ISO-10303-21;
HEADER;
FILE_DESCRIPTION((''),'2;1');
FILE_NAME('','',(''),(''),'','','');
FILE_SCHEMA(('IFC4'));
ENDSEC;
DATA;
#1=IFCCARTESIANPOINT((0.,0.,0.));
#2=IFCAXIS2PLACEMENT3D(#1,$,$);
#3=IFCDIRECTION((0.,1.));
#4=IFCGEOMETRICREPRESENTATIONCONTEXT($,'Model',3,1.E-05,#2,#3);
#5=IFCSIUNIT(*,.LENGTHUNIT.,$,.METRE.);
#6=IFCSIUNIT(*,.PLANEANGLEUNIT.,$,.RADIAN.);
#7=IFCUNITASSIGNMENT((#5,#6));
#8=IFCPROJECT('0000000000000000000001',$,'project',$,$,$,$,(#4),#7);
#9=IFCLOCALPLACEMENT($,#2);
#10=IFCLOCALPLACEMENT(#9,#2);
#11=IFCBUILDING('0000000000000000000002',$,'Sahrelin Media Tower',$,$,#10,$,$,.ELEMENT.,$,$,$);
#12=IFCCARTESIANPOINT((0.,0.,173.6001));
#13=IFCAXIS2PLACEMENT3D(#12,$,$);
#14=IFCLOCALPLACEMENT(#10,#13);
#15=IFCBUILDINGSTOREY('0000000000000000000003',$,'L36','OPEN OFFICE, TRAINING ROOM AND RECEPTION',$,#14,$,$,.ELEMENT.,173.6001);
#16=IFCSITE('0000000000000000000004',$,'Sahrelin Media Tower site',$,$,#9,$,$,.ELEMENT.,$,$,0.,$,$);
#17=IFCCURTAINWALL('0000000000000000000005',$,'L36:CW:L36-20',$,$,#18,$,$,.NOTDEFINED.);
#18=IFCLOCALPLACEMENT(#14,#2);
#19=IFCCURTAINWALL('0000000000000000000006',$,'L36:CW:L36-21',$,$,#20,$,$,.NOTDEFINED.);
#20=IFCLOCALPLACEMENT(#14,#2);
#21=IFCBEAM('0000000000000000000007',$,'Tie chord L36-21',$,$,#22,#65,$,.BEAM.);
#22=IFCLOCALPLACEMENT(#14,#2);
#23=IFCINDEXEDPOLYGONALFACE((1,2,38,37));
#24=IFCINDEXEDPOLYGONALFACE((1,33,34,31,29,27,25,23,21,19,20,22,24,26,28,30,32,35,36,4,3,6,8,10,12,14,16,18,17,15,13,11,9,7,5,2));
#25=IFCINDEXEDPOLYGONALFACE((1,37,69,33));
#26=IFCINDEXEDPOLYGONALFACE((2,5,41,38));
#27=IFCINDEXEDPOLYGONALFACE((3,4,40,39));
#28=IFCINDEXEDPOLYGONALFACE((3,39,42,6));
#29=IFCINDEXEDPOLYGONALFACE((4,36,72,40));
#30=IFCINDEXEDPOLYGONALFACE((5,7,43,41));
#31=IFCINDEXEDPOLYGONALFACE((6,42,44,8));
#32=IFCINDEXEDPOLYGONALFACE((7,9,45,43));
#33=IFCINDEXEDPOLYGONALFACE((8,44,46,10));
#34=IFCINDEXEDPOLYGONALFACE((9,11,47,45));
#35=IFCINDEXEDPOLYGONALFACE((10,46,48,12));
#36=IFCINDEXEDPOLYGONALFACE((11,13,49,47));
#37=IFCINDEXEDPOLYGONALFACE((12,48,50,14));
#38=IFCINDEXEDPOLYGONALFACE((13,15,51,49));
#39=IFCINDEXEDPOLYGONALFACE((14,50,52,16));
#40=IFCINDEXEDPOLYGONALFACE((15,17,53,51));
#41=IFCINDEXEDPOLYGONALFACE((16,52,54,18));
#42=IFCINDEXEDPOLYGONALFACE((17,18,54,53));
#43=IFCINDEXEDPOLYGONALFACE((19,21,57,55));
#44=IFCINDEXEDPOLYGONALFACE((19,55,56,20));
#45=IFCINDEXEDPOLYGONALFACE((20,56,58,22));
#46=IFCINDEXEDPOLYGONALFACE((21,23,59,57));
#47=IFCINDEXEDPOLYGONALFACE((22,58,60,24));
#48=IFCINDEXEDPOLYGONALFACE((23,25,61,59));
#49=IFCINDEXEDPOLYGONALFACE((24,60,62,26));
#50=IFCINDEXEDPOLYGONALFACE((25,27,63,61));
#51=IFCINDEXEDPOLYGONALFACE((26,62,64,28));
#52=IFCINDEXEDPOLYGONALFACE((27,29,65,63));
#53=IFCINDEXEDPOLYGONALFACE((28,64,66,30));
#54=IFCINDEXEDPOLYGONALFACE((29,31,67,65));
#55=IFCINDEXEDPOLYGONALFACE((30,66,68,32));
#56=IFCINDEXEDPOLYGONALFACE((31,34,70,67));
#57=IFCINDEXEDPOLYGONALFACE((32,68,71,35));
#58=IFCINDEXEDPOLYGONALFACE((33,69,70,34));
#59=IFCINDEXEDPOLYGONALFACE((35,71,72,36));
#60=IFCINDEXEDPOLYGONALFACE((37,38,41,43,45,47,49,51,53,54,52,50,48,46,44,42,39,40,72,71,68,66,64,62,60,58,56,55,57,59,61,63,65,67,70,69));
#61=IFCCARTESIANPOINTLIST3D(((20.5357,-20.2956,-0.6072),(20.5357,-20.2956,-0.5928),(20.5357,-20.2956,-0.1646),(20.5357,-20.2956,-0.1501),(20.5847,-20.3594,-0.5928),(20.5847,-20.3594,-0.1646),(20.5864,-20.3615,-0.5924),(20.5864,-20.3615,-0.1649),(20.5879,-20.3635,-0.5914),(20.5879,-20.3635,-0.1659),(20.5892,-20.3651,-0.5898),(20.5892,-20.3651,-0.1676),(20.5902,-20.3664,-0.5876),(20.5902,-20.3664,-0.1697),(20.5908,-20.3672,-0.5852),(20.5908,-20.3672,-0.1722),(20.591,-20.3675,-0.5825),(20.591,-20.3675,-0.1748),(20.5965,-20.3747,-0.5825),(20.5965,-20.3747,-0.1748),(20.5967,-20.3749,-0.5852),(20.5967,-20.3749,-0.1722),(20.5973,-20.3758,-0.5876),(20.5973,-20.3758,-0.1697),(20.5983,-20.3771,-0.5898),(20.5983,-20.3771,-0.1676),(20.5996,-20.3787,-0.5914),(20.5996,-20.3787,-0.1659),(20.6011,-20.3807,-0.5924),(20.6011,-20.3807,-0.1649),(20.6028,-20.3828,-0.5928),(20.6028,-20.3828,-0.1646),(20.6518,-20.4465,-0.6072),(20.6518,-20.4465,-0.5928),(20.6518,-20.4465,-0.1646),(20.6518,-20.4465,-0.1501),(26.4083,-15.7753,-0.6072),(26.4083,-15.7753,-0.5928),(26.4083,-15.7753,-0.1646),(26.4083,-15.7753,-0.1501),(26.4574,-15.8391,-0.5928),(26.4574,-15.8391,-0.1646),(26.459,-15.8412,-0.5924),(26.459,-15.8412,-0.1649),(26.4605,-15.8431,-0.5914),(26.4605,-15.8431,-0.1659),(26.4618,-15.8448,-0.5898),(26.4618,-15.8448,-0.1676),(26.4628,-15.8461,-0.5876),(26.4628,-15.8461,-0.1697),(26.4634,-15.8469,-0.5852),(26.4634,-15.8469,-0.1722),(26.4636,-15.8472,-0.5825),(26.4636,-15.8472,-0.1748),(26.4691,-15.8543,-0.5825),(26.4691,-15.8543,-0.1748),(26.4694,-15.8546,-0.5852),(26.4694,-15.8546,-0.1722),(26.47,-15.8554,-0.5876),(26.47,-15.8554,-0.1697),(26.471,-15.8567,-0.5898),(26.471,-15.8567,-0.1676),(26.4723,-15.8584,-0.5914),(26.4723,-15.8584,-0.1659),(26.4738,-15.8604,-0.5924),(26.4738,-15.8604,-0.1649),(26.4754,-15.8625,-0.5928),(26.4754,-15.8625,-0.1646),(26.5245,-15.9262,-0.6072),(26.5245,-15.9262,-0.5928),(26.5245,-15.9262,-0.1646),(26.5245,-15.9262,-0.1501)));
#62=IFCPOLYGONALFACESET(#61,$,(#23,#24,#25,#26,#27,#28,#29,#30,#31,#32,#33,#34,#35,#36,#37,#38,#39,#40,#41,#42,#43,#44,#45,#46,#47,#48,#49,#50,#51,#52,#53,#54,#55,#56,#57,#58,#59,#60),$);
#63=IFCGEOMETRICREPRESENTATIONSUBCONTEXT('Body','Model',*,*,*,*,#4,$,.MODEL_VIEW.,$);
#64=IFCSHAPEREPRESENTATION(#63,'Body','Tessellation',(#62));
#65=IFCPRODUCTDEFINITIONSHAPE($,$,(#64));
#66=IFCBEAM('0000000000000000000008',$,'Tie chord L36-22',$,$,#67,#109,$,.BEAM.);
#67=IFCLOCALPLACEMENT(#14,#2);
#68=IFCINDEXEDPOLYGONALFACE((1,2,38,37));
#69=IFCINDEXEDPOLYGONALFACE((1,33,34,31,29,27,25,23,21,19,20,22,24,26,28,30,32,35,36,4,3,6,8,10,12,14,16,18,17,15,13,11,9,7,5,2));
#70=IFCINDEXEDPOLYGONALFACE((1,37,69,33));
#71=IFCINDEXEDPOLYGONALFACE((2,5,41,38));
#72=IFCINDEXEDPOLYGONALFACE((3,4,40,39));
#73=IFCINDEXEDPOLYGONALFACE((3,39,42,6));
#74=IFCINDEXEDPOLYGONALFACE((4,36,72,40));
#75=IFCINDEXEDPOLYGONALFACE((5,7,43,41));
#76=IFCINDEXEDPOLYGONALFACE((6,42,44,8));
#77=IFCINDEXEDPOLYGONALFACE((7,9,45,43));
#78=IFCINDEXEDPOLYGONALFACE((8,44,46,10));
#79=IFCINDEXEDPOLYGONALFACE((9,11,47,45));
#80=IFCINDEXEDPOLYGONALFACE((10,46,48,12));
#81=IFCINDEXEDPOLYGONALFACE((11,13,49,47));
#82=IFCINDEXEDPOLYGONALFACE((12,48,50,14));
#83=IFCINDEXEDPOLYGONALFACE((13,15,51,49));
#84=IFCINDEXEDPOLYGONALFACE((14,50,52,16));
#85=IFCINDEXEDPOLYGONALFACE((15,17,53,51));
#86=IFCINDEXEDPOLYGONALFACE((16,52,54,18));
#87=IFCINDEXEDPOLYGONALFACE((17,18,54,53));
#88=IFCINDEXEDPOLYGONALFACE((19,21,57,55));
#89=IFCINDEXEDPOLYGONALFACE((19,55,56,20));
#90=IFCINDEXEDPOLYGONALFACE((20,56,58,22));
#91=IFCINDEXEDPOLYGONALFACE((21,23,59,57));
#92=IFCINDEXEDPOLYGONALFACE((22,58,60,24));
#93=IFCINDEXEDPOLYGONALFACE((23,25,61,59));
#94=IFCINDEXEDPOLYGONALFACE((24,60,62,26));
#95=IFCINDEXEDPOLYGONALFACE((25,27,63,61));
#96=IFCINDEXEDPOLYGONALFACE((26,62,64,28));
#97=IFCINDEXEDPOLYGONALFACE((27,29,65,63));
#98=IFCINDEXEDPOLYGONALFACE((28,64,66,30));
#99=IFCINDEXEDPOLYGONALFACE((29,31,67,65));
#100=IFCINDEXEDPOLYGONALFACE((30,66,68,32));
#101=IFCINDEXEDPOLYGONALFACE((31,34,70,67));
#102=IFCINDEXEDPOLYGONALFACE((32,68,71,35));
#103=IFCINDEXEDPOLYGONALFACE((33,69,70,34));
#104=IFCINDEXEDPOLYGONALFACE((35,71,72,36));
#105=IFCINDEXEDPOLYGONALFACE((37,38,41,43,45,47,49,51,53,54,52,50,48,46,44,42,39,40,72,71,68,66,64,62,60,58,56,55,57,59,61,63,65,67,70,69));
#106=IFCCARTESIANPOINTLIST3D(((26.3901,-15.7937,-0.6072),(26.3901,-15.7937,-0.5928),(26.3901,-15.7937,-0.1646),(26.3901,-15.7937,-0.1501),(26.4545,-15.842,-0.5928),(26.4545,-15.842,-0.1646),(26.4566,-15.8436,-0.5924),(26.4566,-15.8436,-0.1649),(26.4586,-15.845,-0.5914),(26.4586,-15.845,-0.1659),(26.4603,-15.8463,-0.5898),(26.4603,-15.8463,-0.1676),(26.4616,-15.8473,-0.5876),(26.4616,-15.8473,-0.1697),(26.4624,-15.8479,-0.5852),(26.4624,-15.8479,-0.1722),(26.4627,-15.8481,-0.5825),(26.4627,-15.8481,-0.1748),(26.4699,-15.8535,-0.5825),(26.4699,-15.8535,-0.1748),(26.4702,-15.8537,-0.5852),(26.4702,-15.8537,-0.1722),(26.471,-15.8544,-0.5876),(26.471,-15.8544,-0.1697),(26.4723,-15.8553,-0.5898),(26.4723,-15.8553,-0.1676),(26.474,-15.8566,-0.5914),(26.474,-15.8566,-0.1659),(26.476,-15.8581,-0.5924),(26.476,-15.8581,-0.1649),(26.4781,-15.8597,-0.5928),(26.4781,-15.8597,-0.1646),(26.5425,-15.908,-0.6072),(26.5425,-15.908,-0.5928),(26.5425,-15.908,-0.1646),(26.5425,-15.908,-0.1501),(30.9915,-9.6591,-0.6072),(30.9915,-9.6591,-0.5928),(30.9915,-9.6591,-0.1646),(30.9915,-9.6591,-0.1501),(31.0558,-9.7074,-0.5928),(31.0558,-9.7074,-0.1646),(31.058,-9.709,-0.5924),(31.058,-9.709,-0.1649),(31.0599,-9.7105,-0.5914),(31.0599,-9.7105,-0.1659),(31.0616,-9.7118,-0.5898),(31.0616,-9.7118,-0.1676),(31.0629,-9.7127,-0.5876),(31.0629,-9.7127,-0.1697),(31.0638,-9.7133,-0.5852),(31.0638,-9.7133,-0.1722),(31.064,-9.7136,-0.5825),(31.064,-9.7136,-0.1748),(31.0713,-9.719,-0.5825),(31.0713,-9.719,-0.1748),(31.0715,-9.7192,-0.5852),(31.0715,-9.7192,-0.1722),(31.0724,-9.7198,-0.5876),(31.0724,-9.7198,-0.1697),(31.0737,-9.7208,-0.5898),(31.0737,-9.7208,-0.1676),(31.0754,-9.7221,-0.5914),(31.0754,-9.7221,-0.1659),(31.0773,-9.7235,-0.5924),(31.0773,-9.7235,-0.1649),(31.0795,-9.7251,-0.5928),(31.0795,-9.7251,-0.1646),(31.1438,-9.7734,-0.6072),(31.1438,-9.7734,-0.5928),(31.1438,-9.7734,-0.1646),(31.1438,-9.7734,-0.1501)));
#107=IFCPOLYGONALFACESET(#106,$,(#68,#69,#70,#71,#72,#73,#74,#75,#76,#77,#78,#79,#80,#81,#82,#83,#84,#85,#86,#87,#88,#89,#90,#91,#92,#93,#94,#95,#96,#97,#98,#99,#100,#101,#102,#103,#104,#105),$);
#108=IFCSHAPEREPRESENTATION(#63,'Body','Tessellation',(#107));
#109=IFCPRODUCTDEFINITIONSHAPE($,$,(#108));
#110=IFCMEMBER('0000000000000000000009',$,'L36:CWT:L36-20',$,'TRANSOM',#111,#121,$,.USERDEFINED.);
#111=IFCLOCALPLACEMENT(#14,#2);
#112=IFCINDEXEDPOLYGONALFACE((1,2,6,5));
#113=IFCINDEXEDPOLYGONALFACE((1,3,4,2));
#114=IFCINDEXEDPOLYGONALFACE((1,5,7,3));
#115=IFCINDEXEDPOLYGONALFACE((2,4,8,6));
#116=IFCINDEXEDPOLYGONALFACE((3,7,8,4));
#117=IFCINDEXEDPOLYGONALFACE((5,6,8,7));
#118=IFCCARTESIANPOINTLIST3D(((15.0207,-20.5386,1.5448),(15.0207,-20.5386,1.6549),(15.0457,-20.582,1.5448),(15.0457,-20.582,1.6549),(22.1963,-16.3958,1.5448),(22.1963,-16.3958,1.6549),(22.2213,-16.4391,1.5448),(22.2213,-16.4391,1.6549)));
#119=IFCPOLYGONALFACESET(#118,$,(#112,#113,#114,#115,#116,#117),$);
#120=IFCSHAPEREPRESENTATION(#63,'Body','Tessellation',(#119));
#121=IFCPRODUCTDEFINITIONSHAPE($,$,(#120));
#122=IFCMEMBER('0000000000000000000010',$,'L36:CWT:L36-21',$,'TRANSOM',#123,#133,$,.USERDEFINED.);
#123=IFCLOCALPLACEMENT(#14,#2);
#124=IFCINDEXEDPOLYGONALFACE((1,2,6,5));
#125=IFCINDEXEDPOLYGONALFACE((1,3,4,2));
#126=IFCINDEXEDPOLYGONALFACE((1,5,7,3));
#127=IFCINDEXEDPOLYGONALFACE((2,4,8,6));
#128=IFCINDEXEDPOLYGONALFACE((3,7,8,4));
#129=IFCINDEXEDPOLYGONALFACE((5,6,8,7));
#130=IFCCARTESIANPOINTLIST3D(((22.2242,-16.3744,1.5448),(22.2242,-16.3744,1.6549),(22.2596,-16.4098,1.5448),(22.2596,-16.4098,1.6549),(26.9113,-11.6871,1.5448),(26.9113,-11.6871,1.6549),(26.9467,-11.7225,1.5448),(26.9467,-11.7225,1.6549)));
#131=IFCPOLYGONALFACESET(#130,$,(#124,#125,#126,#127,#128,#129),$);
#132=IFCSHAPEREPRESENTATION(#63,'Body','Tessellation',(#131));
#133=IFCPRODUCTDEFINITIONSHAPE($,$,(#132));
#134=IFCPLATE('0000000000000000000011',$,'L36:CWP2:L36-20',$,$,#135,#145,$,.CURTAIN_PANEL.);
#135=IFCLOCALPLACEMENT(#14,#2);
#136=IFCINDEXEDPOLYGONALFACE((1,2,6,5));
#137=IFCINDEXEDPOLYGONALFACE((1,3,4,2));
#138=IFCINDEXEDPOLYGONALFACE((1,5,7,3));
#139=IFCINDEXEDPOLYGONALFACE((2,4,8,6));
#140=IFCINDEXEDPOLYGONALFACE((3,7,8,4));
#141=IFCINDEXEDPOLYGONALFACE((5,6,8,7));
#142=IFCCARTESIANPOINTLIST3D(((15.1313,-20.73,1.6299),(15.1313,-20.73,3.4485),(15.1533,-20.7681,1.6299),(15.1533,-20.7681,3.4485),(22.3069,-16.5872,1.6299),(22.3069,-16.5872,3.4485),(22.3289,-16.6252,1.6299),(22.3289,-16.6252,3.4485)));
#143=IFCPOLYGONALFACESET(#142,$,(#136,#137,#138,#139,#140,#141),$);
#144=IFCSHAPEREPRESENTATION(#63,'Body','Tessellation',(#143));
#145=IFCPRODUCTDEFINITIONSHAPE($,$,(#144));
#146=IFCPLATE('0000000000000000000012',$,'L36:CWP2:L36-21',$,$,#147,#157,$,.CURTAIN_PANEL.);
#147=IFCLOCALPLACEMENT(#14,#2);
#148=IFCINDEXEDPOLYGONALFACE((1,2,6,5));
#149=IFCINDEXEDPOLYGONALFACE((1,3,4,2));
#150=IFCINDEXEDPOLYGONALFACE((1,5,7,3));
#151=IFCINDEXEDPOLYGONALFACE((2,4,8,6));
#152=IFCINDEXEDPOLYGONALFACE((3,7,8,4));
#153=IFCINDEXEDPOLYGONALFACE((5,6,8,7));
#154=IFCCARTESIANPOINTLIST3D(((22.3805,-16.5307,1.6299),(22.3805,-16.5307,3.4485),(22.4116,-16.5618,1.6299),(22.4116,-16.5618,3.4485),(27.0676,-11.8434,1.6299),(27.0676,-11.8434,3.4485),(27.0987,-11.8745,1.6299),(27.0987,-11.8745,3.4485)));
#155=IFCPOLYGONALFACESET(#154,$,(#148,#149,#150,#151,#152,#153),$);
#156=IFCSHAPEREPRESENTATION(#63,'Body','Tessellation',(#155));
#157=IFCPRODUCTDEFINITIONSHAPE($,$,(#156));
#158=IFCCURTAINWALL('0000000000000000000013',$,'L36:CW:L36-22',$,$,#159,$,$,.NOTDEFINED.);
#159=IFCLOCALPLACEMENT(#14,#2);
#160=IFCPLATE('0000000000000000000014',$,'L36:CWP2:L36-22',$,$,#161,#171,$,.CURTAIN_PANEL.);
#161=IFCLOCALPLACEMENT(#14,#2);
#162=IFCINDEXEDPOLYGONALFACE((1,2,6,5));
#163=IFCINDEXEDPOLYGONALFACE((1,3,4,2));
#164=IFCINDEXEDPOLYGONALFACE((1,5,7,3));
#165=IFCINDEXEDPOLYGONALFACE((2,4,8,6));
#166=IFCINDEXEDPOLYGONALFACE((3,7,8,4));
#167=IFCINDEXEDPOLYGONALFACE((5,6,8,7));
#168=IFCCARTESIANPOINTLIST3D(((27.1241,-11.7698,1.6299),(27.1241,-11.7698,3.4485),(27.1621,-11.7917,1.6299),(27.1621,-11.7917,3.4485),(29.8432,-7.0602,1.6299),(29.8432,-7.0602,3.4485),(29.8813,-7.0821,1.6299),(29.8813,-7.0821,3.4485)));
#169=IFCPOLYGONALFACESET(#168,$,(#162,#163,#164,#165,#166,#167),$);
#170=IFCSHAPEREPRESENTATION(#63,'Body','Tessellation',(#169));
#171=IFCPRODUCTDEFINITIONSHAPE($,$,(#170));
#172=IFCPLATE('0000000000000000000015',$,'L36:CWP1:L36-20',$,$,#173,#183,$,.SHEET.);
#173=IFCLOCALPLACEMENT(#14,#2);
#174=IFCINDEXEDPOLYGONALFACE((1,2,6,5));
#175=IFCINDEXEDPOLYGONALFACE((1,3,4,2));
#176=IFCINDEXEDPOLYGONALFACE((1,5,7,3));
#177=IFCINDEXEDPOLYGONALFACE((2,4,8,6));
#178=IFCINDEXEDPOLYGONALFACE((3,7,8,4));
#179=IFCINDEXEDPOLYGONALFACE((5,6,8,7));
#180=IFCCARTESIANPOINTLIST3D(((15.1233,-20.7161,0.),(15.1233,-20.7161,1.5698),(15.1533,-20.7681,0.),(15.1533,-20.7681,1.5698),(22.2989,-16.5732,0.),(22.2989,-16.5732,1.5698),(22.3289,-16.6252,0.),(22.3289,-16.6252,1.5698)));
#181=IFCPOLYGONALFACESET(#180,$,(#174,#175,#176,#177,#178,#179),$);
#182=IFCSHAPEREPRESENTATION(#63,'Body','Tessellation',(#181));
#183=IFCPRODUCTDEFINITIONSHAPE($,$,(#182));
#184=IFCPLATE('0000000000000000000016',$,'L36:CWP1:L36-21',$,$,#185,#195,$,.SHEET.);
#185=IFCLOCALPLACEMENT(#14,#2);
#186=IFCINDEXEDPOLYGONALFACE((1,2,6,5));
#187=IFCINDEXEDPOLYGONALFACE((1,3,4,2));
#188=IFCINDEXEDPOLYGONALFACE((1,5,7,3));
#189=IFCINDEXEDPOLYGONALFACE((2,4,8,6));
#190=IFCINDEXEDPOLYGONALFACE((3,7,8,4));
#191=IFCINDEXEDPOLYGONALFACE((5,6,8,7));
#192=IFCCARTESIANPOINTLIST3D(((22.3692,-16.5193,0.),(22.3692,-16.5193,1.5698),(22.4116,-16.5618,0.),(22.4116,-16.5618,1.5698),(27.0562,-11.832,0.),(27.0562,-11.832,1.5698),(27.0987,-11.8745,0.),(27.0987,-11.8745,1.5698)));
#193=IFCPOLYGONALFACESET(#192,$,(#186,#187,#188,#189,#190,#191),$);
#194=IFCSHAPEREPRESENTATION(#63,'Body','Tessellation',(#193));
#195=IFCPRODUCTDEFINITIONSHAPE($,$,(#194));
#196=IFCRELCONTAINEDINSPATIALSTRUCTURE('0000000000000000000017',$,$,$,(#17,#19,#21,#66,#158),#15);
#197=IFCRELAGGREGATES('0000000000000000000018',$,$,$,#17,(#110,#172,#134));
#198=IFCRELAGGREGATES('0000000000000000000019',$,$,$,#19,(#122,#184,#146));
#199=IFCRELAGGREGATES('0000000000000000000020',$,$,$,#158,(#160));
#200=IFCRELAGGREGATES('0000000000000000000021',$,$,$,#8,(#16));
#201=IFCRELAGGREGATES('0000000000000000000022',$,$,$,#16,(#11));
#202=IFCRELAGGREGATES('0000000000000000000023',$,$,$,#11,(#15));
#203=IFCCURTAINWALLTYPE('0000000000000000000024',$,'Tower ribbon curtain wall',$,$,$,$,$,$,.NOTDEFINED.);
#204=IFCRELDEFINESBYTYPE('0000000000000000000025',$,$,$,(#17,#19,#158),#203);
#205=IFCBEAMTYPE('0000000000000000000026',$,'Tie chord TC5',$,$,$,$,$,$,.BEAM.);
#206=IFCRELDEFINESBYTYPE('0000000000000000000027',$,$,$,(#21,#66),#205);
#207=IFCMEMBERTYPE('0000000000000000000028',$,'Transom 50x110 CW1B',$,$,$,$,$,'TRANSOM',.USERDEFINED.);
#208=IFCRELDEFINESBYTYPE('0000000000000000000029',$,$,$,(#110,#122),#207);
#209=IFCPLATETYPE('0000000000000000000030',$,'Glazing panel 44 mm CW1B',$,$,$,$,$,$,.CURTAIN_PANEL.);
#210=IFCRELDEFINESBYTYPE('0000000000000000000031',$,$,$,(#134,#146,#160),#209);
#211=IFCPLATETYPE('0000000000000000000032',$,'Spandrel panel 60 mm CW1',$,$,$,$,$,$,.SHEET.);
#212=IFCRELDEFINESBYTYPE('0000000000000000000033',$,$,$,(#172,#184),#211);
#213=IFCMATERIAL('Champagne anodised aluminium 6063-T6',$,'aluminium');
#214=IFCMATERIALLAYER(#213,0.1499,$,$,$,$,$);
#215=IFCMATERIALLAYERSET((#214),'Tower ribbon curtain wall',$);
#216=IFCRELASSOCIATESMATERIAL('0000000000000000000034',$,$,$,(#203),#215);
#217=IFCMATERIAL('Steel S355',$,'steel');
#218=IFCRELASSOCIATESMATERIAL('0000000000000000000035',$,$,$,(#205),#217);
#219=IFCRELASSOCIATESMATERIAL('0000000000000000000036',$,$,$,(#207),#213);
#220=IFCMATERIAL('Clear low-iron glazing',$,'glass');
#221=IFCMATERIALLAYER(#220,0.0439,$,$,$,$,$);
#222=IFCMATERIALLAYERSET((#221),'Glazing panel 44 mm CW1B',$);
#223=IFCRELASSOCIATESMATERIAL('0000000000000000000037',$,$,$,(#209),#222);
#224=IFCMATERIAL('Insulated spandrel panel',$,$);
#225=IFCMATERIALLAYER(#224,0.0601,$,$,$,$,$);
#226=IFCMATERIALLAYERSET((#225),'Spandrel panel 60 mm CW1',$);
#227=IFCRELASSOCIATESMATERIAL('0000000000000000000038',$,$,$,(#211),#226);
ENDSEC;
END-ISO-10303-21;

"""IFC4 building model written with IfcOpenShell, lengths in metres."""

from ifc_helpers import new_model, si_unit, direction, frame, origin, origin_2d, place, context, subcontext, project, spatial, polyline, rectangle, i_section, outline, extrude, material, layer, layer_set, material_profile, profile_set, type_object, element, aggregate, save


model = new_model("IFC4")

# Units and contexts
model_context = context("Model", 3, precision=1e-05, world=origin(), true_north=direction((0.0, 1.0)))
body_context = subcontext(model_context, "Body", "Model", "MODEL_VIEW")
ifc_project = project(units=[si_unit("LENGTHUNIT", "METRE"), si_unit("PLANEANGLEUNIT", "RADIAN")], contexts=[model_context])

# Site, building, storey
site_placement = place(None, origin())
site = spatial("IfcSite", under=ifc_project, at=site_placement, Name="Sahrelin Media Tower site", CompositionType="ELEMENT", RefElevation=0.0)
building_placement = place(site_placement, origin())
building = spatial("IfcBuilding", under=site, at=building_placement, Name="Sahrelin Media Tower", CompositionType="ELEMENT")
storey_placement = place(building_placement, frame((0.0, 0.0, 173.6001)))
storey = spatial("IfcBuildingStorey", under=building, at=storey_placement, Name="L36", Description="OPEN OFFICE, TRAINING ROOM AND RECEPTION", CompositionType="ELEMENT", Elevation=173.6001)

# Shared definitions
ifc_material_1 = material(Name="Steel S355", Category="steel")

# Curtain walls
ifc_material_2 = material(Name="Champagne anodised aluminium 6063-T6", Category="aluminium")
ifc_layer_1 = layer(ifc_material_2, 0.1499)
ifc_layer_set_1 = layer_set([ifc_layer_1], Name="Tower ribbon curtain wall")
curtain_wall_type = type_object("IfcCurtainWallType", Name="Tower ribbon curtain wall", PredefinedType="NOTDEFINED", material=ifc_layer_set_1)
curtain_wall_1_placement = place(storey_placement, frame((18.731, -18.6792, 0.0), z_axis=(0.0, 0.0, 1.0), x_axis=(1.0, 0.0, 0.0)))
curtain_wall_1 = element("IfcCurtainWall", 1, at=curtain_wall_1_placement, inside=storey, type_object=curtain_wall_type, Name="L36:CW:L36-20", PredefinedType="NOTDEFINED")
curtain_wall_2_placement = place(storey_placement, frame((24.741, -14.2041, 0.0), z_axis=(0.0, 0.0, 1.0), x_axis=(1.0, 0.0, 0.0)))
curtain_wall_2 = element("IfcCurtainWall", 2, at=curtain_wall_2_placement, inside=storey, type_object=curtain_wall_type, Name="L36:CW:L36-21", PredefinedType="NOTDEFINED")

# Beams
ifc_material_profile_1 = material_profile(ifc_material_1, i_section(OverallWidth=0.1904, OverallDepth=0.457, WebThickness=0.009, FlangeThickness=0.0144, FilletRadius=0.0103, at=origin_2d()), Name="UB 457x191x74")
ifc_profile_set_1 = profile_set([ifc_material_profile_1], Name="Steel S355")
beam_type_1 = type_object("IfcBeamType", Name="Tie chord TC5", PredefinedType="BEAM", material=ifc_profile_set_1)
beam_1_placement = place(storey_placement, frame((20.5938, -20.3711, -0.3787), z_axis=(0.792434, 0.609958, 0.0), x_axis=(-0.609958, 0.792434, 0.0)))
element("IfcBeam", 3, at=beam_1_placement, inside=storey, type_object=beam_type_1, Name="Tie chord L36-21", PredefinedType="BEAM", context=body_context, shape_type="SweptSolid", body=[
    extrude(i_section(OverallWidth=0.1904, OverallDepth=0.457, WebThickness=0.009, FlangeThickness=0.0144, FilletRadius=0.0103, at=origin_2d()), origin(), (0.0, 0.0, 1.0), 7.4109),
])
beam_2_placement = place(storey_placement, frame((26.4663, -15.8508, -0.3787), z_axis=(0.600036, 0.799973, 0.0), x_axis=(-0.799973, 0.600036, 0.0)))
element("IfcBeam", 4, at=beam_2_placement, inside=storey, type_object=beam_type_1, Name="Tie chord L36-22", PredefinedType="BEAM", context=body_context, shape_type="SweptSolid", body=[
    extrude(i_section(OverallWidth=0.1904, OverallDepth=0.457, WebThickness=0.009, FlangeThickness=0.0144, FilletRadius=0.0103, at=origin_2d()), origin(), (0.0, 0.0, 1.0), 7.6685),
])

# Members
ifc_material_profile_2 = material_profile(ifc_material_2, rectangle(XDim=0.05, YDim=0.1101, at=origin_2d()), Name="Transom 50x110")
ifc_profile_set_2 = profile_set([ifc_material_profile_2], Name="Champagne anodised aluminium 6063-T6")
member_type_1 = type_object("IfcMemberType", Name="Transom 50x110 CW1B", ElementType="TRANSOM", PredefinedType="USERDEFINED", material=ifc_profile_set_2)
member_1_placement = place(storey_placement, frame((15.0332, -20.5603, 1.5999), z_axis=(0.866024, 0.500002, 0.0), x_axis=(-0.500002, 0.866024, 0.0)))
member_1 = element("IfcMember", 5, at=member_1_placement, type_object=member_type_1, Name="L36:CWT:L36-20", ObjectType="TRANSOM", PredefinedType="USERDEFINED", context=body_context, shape_type="SweptSolid", body=[
    extrude(rectangle(XDim=0.05, YDim=0.1101, at=origin_2d()), origin(), (0.0, 0.0, 1.0), 8.2856),
])
member_2_placement = place(storey_placement, frame((22.2419, -16.3921, 1.5999), z_axis=(0.707088, 0.707125, 0.0), x_axis=(-0.707125, 0.707088, 0.0)))
member_2 = element("IfcMember", 6, at=member_2_placement, type_object=member_type_1, Name="L36:CWT:L36-21", ObjectType="TRANSOM", PredefinedType="USERDEFINED", context=body_context, shape_type="SweptSolid", body=[
    extrude(rectangle(XDim=0.05, YDim=0.1101, at=origin_2d()), origin(), (0.0, 0.0, 1.0), 6.6287),
])

# Plates
ifc_material_3 = material(Name="Clear low-iron glazing", Category="glass")
ifc_layer_2 = layer(ifc_material_3, 0.0439)
ifc_layer_set_2 = layer_set([ifc_layer_2], Name="Glazing panel 44 mm CW1B")
plate_type_1 = type_object("IfcPlateType", Name="Glazing panel 44 mm CW1B", PredefinedType="CURTAIN_PANEL", material=ifc_layer_set_2)
plate_1_placement = place(storey_placement, frame((15.1533, -20.7681, 1.6299), z_axis=(0.500002, -0.866024, 0.0), x_axis=(0.866024, 0.500002, 0.0)))
plate_1 = element("IfcPlate", 7, at=plate_1_placement, type_object=plate_type_1, Name="L36:CWP2:L36-20", PredefinedType="CURTAIN_PANEL", context=body_context, shape_type="SweptSolid", body=[
    extrude(outline(polyline([(0.0, 0.0), (8.2856, 0.0), (8.2856, 1.8186), (0.0, 1.8186), (0.0, 0.0)])), origin(), (0.0, 0.0, -1.0), 0.0439),
])
plate_2_placement = place(storey_placement, frame((22.4116, -16.5618, 1.6299), z_axis=(0.707125, -0.707088, 0.0), x_axis=(0.707088, 0.707125, 0.0)))
plate_2 = element("IfcPlate", 8, at=plate_2_placement, type_object=plate_type_1, Name="L36:CWP2:L36-21", PredefinedType="CURTAIN_PANEL", context=body_context, shape_type="SweptSolid", body=[
    extrude(outline(polyline([(0.0, 0.0), (6.6287, 0.0), (6.6287, 1.8186), (0.0, 1.8186), (0.0, 0.0)])), origin(), (0.0, 0.0, -1.0), 0.0439),
])

# Curtain wall, plate
curtain_wall_3_placement = place(storey_placement, frame((28.5044, -9.427, 0.0), z_axis=(0.0, 0.0, 1.0), x_axis=(1.0, 0.0, 0.0)))
curtain_wall_3 = element("IfcCurtainWall", 9, at=curtain_wall_3_placement, inside=storey, type_object=curtain_wall_type, Name="L36:CW:L36-22", PredefinedType="NOTDEFINED")
plate_3_placement = place(storey_placement, frame((27.1621, -11.7917, 1.6299), z_axis=(0.866019, -0.500011, 0.0), x_axis=(0.500011, 0.866019, 0.0)))
plate_3 = element("IfcPlate", 10, at=plate_3_placement, type_object=plate_type_1, Name="L36:CWP2:L36-22", PredefinedType="CURTAIN_PANEL", context=body_context, shape_type="SweptSolid", body=[
    extrude(outline(polyline([(0.0, 0.0), (5.4382, 0.0), (5.4382, 1.8186), (0.0, 1.8186), (0.0, 0.0)])), origin(), (0.0, 0.0, -1.0), 0.0439),
])

# Plates
ifc_material_4 = material(Name="Insulated spandrel panel")
ifc_layer_3 = layer(ifc_material_4, 0.0601)
ifc_layer_set_3 = layer_set([ifc_layer_3], Name="Spandrel panel 60 mm CW1")
plate_type_2 = type_object("IfcPlateType", Name="Spandrel panel 60 mm CW1", PredefinedType="SHEET", material=ifc_layer_set_3)
plate_4_placement = place(storey_placement, frame((15.1533, -20.7681, 0.0), z_axis=(0.500002, -0.866024, 0.0), x_axis=(0.866024, 0.500002, 0.0)))
plate_4 = element("IfcPlate", 11, at=plate_4_placement, type_object=plate_type_2, Name="L36:CWP1:L36-20", PredefinedType="SHEET", context=body_context, shape_type="SweptSolid", body=[
    extrude(outline(polyline([(0.0, 0.0), (8.2856, 0.0), (8.2856, 1.5698), (0.0, 1.5698), (0.0, 0.0)])), origin(), (0.0, 0.0, -1.0), 0.0601),
])
aggregate(curtain_wall_1, [member_1, plate_4, plate_1])
plate_5_placement = place(storey_placement, frame((22.4116, -16.5618, 0.0), z_axis=(0.707125, -0.707088, 0.0), x_axis=(0.707088, 0.707125, 0.0)))
plate_5 = element("IfcPlate", 12, at=plate_5_placement, type_object=plate_type_2, Name="L36:CWP1:L36-21", PredefinedType="SHEET", context=body_context, shape_type="SweptSolid", body=[
    extrude(outline(polyline([(0.0, 0.0), (6.6287, 0.0), (6.6287, 1.5698), (0.0, 1.5698), (0.0, 0.0)])), origin(), (0.0, 0.0, -1.0), 0.0601),
])
aggregate(curtain_wall_2, [member_2, plate_5, plate_2])
aggregate(curtain_wall_3, [plate_3])

save(model, "model.ifc")
